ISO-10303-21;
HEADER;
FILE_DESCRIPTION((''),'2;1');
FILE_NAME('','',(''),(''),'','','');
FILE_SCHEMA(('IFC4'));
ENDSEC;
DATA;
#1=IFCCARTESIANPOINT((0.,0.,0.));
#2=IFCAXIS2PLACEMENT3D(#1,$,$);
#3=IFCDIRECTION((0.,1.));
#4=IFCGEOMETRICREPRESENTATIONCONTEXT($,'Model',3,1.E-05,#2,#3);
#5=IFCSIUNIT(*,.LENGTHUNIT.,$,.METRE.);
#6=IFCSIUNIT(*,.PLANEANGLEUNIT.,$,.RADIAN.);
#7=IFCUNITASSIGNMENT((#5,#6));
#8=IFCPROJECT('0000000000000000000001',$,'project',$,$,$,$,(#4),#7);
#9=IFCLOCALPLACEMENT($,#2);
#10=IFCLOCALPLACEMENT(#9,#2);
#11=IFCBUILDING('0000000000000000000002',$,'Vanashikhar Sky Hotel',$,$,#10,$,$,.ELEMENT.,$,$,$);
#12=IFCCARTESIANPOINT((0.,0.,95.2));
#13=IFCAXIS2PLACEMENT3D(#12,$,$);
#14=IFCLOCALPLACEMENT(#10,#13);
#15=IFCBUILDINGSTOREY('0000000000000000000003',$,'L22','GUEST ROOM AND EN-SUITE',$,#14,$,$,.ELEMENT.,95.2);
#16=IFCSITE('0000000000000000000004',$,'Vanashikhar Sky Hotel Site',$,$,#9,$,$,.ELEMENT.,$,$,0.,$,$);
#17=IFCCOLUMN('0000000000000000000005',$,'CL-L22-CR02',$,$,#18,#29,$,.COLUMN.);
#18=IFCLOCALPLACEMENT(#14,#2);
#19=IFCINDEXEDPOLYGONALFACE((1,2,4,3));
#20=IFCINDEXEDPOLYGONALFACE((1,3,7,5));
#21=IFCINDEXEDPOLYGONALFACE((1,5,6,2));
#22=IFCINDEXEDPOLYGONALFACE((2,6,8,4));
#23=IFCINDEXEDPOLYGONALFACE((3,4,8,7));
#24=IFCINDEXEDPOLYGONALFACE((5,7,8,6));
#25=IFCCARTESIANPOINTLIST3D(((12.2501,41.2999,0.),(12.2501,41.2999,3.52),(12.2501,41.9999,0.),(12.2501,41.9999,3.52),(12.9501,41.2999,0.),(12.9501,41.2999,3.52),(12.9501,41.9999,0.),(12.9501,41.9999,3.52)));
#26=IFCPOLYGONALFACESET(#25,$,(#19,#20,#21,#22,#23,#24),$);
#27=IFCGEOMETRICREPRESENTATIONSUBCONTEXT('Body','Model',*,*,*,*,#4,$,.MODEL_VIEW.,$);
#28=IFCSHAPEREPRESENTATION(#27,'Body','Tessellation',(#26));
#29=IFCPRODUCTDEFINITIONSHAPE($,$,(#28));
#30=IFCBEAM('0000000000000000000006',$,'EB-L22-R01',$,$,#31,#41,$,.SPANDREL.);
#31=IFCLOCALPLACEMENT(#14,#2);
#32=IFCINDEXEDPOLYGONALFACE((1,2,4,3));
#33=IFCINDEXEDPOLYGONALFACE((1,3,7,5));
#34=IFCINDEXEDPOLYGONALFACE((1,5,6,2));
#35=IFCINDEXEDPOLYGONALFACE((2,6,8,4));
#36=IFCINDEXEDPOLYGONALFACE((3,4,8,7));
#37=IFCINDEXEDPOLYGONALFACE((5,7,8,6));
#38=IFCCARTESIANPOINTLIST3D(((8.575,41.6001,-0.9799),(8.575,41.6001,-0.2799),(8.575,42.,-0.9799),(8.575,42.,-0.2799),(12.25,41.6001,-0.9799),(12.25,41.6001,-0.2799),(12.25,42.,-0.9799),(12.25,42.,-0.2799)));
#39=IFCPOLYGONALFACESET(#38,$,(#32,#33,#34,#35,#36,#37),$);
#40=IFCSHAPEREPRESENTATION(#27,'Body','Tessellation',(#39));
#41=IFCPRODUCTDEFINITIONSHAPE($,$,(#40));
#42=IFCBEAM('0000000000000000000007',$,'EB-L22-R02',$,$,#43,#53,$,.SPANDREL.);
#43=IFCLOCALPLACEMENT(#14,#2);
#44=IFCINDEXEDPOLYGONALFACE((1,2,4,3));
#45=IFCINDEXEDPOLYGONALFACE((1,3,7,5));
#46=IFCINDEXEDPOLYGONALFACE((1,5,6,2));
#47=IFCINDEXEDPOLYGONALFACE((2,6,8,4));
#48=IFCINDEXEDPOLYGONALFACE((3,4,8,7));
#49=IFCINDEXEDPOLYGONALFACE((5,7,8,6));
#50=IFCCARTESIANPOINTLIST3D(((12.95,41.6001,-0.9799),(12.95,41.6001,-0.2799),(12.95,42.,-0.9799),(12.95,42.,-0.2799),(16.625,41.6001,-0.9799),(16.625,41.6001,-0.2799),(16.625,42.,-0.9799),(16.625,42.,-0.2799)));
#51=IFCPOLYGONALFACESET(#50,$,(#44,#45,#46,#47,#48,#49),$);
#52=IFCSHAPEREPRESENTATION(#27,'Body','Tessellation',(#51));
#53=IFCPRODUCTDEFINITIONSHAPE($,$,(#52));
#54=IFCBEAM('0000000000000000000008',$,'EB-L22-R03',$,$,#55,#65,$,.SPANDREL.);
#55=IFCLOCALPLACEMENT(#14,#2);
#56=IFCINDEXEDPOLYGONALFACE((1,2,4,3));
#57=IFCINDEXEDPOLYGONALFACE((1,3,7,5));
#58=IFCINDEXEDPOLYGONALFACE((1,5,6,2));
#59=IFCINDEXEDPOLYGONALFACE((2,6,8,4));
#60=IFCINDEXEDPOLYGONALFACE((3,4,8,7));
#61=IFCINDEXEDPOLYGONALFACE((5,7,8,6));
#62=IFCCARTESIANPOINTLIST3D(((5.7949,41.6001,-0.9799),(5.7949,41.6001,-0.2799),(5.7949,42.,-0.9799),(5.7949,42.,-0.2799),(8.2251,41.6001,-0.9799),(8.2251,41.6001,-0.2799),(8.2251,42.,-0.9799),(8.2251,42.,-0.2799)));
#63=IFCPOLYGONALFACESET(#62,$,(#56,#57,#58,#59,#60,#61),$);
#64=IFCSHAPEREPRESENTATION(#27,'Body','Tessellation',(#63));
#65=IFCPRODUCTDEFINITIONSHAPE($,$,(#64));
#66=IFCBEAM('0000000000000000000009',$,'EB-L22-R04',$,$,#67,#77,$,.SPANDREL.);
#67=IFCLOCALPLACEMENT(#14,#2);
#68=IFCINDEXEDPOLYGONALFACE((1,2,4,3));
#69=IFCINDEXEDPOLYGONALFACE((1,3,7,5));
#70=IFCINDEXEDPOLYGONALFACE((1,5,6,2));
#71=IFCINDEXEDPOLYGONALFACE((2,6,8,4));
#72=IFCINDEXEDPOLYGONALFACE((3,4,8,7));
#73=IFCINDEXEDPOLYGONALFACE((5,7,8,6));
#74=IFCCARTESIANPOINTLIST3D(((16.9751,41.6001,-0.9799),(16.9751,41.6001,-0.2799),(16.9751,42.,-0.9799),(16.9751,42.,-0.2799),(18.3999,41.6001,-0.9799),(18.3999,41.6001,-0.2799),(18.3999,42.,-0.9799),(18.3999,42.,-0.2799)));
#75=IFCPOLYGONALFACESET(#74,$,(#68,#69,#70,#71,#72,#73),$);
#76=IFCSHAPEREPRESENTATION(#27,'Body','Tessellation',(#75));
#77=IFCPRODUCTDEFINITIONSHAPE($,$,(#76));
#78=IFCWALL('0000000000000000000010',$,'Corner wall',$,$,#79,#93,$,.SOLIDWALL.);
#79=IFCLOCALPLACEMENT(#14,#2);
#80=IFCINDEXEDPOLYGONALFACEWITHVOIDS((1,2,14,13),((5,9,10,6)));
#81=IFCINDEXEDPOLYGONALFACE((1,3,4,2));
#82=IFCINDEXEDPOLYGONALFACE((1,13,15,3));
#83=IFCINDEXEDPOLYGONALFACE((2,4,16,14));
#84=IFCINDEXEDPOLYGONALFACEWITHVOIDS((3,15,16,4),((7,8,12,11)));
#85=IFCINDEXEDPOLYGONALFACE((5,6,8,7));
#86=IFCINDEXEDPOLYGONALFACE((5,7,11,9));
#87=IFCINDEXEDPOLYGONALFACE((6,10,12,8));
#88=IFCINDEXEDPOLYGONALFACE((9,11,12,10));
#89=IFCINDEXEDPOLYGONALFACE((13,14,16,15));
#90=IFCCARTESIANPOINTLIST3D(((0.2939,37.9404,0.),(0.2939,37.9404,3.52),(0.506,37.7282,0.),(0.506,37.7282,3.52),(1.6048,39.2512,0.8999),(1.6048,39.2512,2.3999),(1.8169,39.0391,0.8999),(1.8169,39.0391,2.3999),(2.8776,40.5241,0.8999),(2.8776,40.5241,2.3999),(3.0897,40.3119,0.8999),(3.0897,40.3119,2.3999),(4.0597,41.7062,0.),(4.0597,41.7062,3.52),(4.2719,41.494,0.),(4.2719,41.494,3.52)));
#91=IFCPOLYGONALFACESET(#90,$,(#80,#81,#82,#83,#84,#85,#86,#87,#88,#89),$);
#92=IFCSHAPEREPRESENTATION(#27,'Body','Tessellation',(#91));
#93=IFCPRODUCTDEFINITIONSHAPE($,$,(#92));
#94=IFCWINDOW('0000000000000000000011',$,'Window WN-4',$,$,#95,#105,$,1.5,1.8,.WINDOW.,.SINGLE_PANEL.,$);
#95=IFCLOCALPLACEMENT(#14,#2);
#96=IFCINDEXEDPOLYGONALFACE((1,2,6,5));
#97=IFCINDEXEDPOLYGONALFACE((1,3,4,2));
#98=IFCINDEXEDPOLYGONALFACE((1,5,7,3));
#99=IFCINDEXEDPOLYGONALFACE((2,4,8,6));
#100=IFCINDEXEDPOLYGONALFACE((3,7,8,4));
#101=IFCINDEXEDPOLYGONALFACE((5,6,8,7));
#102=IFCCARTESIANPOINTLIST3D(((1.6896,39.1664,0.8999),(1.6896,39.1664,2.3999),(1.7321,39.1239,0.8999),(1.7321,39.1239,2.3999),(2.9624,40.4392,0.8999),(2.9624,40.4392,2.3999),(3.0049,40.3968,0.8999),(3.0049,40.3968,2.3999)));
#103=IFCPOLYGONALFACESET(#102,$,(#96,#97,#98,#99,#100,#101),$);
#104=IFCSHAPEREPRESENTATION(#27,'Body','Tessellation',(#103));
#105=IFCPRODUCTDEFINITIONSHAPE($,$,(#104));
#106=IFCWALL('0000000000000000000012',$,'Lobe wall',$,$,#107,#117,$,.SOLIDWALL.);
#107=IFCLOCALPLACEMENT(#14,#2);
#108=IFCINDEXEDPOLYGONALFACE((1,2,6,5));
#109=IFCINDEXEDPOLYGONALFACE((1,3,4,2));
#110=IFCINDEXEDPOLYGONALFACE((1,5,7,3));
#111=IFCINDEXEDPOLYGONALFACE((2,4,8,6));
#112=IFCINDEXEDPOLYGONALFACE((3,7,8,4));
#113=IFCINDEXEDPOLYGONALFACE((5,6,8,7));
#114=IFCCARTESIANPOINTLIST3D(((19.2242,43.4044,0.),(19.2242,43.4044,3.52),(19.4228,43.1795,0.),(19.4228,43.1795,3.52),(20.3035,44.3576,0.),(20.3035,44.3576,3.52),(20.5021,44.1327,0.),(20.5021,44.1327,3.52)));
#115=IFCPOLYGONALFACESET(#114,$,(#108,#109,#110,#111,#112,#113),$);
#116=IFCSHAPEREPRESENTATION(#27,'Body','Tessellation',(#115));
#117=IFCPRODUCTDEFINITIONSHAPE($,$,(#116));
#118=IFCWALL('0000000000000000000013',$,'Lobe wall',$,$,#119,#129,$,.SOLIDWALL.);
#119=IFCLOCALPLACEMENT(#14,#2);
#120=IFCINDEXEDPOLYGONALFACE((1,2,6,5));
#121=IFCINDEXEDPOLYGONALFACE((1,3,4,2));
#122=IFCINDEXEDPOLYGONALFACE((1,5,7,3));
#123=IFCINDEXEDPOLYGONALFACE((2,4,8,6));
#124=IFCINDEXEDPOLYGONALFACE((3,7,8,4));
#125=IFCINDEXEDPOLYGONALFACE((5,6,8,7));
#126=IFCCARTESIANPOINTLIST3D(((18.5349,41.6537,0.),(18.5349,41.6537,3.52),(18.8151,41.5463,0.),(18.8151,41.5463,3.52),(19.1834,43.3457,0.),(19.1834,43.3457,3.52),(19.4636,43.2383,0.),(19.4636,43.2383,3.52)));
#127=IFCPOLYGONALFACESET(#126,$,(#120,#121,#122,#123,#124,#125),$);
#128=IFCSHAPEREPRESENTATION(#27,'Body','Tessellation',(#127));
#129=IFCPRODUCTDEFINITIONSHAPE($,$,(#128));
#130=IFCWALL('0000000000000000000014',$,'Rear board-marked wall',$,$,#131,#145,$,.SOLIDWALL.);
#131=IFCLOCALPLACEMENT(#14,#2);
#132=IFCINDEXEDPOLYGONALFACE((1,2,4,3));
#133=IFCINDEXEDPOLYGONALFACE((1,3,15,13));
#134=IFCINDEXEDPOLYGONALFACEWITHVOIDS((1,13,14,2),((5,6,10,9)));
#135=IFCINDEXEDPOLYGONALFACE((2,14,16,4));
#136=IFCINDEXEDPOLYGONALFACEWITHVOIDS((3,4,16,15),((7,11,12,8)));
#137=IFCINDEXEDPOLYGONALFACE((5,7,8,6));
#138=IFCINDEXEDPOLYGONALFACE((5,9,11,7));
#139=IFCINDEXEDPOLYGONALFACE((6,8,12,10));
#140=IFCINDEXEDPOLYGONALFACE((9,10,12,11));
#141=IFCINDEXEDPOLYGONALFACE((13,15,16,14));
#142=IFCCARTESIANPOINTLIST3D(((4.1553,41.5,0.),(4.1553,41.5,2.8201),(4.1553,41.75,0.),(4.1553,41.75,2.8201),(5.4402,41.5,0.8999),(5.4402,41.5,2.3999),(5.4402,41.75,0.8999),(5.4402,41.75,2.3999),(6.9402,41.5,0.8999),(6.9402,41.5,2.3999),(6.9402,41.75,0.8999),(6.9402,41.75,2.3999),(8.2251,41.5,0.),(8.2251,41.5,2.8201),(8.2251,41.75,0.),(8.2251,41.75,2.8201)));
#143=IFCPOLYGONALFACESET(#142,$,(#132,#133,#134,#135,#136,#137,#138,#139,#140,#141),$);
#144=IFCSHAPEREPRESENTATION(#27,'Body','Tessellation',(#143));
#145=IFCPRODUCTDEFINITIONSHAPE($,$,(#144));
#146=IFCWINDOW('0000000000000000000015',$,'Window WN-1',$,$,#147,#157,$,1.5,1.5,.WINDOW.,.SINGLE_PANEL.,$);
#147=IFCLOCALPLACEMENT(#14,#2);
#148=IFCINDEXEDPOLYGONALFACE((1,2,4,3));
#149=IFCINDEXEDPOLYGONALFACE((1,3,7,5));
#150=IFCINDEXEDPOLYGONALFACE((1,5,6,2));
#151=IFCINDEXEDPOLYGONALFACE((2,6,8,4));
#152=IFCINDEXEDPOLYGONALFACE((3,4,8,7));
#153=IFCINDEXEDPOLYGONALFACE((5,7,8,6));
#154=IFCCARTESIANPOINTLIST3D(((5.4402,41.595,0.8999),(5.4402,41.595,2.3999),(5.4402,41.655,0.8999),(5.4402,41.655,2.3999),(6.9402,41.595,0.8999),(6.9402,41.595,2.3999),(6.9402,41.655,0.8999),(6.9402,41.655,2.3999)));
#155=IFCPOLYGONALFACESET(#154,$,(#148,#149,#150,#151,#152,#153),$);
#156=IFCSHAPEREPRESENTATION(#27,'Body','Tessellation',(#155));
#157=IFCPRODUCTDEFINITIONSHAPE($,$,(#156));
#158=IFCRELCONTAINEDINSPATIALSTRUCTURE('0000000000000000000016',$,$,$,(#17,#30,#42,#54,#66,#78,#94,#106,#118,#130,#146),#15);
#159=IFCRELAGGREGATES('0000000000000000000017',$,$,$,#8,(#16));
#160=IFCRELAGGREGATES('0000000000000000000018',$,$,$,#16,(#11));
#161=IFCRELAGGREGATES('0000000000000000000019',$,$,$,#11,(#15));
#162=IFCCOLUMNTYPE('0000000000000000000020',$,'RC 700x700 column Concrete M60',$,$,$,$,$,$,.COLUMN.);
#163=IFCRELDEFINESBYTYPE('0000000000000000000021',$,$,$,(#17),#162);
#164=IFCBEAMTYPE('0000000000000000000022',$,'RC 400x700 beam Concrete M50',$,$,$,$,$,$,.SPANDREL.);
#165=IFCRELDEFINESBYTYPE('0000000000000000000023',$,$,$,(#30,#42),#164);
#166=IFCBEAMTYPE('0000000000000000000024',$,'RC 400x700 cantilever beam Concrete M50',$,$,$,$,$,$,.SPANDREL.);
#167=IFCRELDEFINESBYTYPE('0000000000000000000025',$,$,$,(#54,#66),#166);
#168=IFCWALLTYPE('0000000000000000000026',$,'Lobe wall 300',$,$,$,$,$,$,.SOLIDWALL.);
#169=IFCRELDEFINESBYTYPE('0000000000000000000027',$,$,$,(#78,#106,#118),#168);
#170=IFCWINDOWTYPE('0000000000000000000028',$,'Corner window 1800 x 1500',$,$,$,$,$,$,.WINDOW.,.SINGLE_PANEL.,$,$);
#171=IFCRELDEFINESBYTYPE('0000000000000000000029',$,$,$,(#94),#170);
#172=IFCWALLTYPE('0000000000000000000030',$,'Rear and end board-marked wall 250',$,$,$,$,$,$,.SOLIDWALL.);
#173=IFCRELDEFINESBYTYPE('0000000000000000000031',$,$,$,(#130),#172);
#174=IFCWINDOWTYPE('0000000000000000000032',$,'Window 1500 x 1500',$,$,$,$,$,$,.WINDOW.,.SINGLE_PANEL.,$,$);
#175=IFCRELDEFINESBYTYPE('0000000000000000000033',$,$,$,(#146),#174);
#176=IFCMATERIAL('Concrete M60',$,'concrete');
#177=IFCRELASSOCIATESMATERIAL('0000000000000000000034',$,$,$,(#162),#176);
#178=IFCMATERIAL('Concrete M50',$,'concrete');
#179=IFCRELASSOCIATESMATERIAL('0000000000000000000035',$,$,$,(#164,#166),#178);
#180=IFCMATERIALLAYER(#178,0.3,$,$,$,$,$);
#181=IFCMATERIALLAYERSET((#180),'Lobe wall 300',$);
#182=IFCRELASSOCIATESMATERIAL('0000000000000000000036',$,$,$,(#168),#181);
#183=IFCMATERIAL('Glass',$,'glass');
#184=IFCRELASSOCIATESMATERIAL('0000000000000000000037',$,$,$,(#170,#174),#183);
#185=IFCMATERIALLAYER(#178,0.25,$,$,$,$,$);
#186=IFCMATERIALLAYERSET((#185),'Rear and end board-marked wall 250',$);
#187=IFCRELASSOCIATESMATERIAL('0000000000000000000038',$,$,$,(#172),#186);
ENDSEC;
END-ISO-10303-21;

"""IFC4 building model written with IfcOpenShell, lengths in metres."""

from ifc_helpers import new_model, si_unit, direction, frame, frame_2d, origin, origin_2d, place, context, subcontext, project, spatial, rectangle, extrude, source, transform, mapped, material, layer, layer_set, material_profile, profile_set, type_object, element, fill, save


model = new_model("IFC4")

# Units and contexts
model_context = context("Model", 3, precision=1e-05, world=origin(), true_north=direction((0.0, 1.0)))
body_context = subcontext(model_context, "Body", "Model", "MODEL_VIEW")
ifc_project = project(units=[si_unit("LENGTHUNIT", "METRE"), si_unit("PLANEANGLEUNIT", "RADIAN")], contexts=[model_context])

# Site, building, storey
site_placement = place(None, origin())
site = spatial("IfcSite", under=ifc_project, at=site_placement, Name="Vanashikhar Sky Hotel Site", CompositionType="ELEMENT", RefElevation=0.0)
building_placement = place(site_placement, origin())
building = spatial("IfcBuilding", under=site, at=building_placement, Name="Vanashikhar Sky Hotel", CompositionType="ELEMENT")
storey_placement = place(building_placement, frame((0.0, 0.0, 95.2)))
storey = spatial("IfcBuildingStorey", under=building, at=storey_placement, Name="L22", Description="GUEST ROOM AND EN-SUITE", CompositionType="ELEMENT", Elevation=95.2)

# Column
ifc_material_1 = material(Name="Concrete M60", Category="concrete")
ifc_material_profile_1 = material_profile(ifc_material_1, rectangle(XDim=0.7, YDim=0.7, at=origin_2d()))
ifc_profile_set_1 = profile_set([ifc_material_profile_1], Name="RC 700x700 column Concrete M60")
column_type = type_object("IfcColumnType", Name="RC 700x700 column Concrete M60", PredefinedType="COLUMN", material=ifc_profile_set_1)
shared_shape_1 = source(origin(), body_context, "Body", "SweptSolid", [
    extrude(rectangle(XDim=0.7, YDim=0.7, at=origin_2d()), origin(), (0.0, 0.0, 1.0), 3.52),
])
column_placement = place(storey_placement, frame((12.6001, 41.6499, 0.0), z_axis=(0.0, 0.0, 1.0), x_axis=(1.0, 0.0, 0.0)))
element("IfcColumn", 1, at=column_placement, inside=storey, type_object=column_type, Name="CL-L22-CR02", PredefinedType="COLUMN", context=body_context, shape_type="MappedRepresentation", body=[
    mapped(shared_shape_1, transform((0.0, 0.0, 0.0), scale=1.0)),
])

# Beams
ifc_material_2 = material(Name="Concrete M50", Category="concrete")
ifc_material_profile_2 = material_profile(ifc_material_2, rectangle(XDim=0.3999, YDim=0.7, at=origin_2d()))
ifc_profile_set_2 = profile_set([ifc_material_profile_2], Name="RC 400x700 beam Concrete M50")
beam_type_1 = type_object("IfcBeamType", Name="RC 400x700 beam Concrete M50", PredefinedType="SPANDREL", material=ifc_profile_set_2)
shared_shape_2 = source(origin(), body_context, "Body", "SweptSolid", [
    extrude(rectangle(XDim=0.3999, YDim=0.7, at=origin_2d()), origin(), (0.0, 0.0, 1.0), 3.675),
])
for number, where, z_axis, x_axis, name in (
    (2, (8.575, 41.8, -0.6299), (1.0, 0.0, 0.0), (0.0, 1.0, 0.0), "EB-L22-R01"),
    (3, (12.95, 41.8, -0.6299), (1.0, 0.0, 0.0), (0.0, 1.0, 0.0), "EB-L22-R02"),
):
    element("IfcBeam", number, at=place(storey_placement, frame(where, z_axis=z_axis, x_axis=x_axis)), inside=storey, type_object=beam_type_1, Name=name, PredefinedType="SPANDREL", context=body_context, shape_type="MappedRepresentation", body=[
        mapped(shared_shape_2, transform((0.0, 0.0, 0.0), scale=1.0)),
    ])
ifc_material_profile_3 = material_profile(ifc_material_2, rectangle(XDim=0.3999, YDim=0.7, at=origin_2d()))
ifc_profile_set_3 = profile_set([ifc_material_profile_3], Name="RC 400x700 cantilever beam Concrete M50")
beam_type_2 = type_object("IfcBeamType", Name="RC 400x700 cantilever beam Concrete M50", PredefinedType="SPANDREL", material=ifc_profile_set_3)
shared_shape_3 = source(origin(), body_context, "Body", "SweptSolid", [
    extrude(rectangle(XDim=0.3999, YDim=0.7, at=origin_2d()), origin(), (0.0, 0.0, 1.0), 2.4302),
])
beam_1_placement = place(storey_placement, frame((5.7949, 41.8, -0.6299), z_axis=(1.0, 0.0, 0.0), x_axis=(0.0, 1.0, 0.0)))
element("IfcBeam", 4, at=beam_1_placement, inside=storey, type_object=beam_type_2, Name="EB-L22-R03", PredefinedType="SPANDREL", context=body_context, shape_type="MappedRepresentation", body=[
    mapped(shared_shape_3, transform((0.0, 0.0, 0.0), scale=1.0)),
])
shared_shape_4 = source(origin(), body_context, "Body", "SweptSolid", [
    extrude(rectangle(XDim=0.3999, YDim=0.7, at=origin_2d()), origin(), (0.0, 0.0, 1.0), 1.4248),
])
beam_2_placement = place(storey_placement, frame((16.9751, 41.8, -0.6299), z_axis=(1.0, 0.0, 0.0), x_axis=(0.0, 1.0, 0.0)))
element("IfcBeam", 5, at=beam_2_placement, inside=storey, type_object=beam_type_2, Name="EB-L22-R04", PredefinedType="SPANDREL", context=body_context, shape_type="MappedRepresentation", body=[
    mapped(shared_shape_4, transform((0.0, 0.0, 0.0), scale=1.0)),
])

# Wall, opening, window
ifc_layer_1 = layer(ifc_material_2, 0.3)
ifc_layer_set_1 = layer_set([ifc_layer_1], Name="Lobe wall 300")
wall_type_1 = type_object("IfcWallType", Name="Lobe wall 300", PredefinedType="SOLIDWALL", material=ifc_layer_set_1)
shared_shape_5 = source(origin(), body_context, "Body", "SweptSolid", [
    extrude(rectangle(XDim=5.3257, YDim=0.3, at=frame_2d((2.6628, 0.0))), origin(), (0.0, 0.0, 1.0), 3.52),
])
wall_1_placement = place(storey_placement, frame((4.1658, 41.6001, 0.0), z_axis=(0.0, 0.0, 1.0), x_axis=(-0.707107, -0.707107, 0.0)))
wall_1 = element("IfcWall", 6, at=wall_1_placement, inside=storey, type_object=wall_type_1, Name="Corner wall", PredefinedType="SOLIDWALL", context=body_context, shape_type="MappedRepresentation", body=[
    mapped(shared_shape_5, transform((0.0, 0.0, 0.0), scale=1.0)),
])
shared_shape_6 = source(origin(), body_context, "Body", "SweptSolid", [
    extrude(rectangle(XDim=1.8, YDim=1.5, at=frame_2d((0.8999, 0.75))), frame((0.0, 0.1602, 0.0), z_axis=(0.0, -1.0, 0.0), x_axis=(1.0, 0.0, 0.0)), (0.0, 0.0, 1.0), 0.3201),
])
opening_1_placement = place(wall_1_placement, frame((1.6719, 0.0, 0.8999)))
opening_1 = element("IfcOpeningElement", 7, at=opening_1_placement, cuts=wall_1, PredefinedType="OPENING", context=body_context, shape_type="MappedRepresentation", body=[
    mapped(shared_shape_6, transform((0.0, 0.0, 0.0), scale=1.0)),
])
ifc_material_3 = material(Name="Glass", Category="glass")
window_type_1 = type_object("IfcWindowType", Name="Corner window 1800 x 1500", PartitioningType="SINGLE_PANEL", PredefinedType="WINDOW", material=ifc_material_3)
shared_shape_7 = source(origin(), body_context, "Body", "SweptSolid", [
    extrude(rectangle(XDim=1.8, YDim=1.5, at=frame_2d((0.8999, 0.75))), frame((0.0, 0.03, 0.0), z_axis=(0.0, -1.0, 0.0), x_axis=(1.0, 0.0, 0.0)), (0.0, 0.0, 1.0), 0.0601),
])
window_1_placement = place(opening_1_placement, origin())
window_1 = element("IfcWindow", 8, at=window_1_placement, inside=storey, type_object=window_type_1, Name="Window WN-4", OverallHeight=1.5, OverallWidth=1.8, PartitioningType="SINGLE_PANEL", PredefinedType="WINDOW", context=body_context, shape_type="MappedRepresentation", body=[
    mapped(shared_shape_7, transform((0.0, 0.0, 0.0), scale=1.0)),
])
fill(opening_1, window_1)

# Walls
shared_shape_8 = source(origin(), body_context, "Body", "SweptSolid", [
    extrude(rectangle(XDim=1.4399, YDim=0.3, at=frame_2d((0.72, 0.0))), origin(), (0.0, 0.0, 1.0), 3.52),
])
wall_2_placement = place(storey_placement, frame((20.4028, 44.2451, 0.0), z_axis=(0.0, 0.0, 1.0), x_axis=(-0.749576, -0.661919, 0.0)))
element("IfcWall", 9, at=wall_2_placement, inside=storey, type_object=wall_type_1, Name="Lobe wall", PredefinedType="SOLIDWALL", context=body_context, shape_type="MappedRepresentation", body=[
    mapped(shared_shape_8, transform((0.0, 0.0, 0.0), scale=1.0)),
])
shared_shape_9 = source(origin(), body_context, "Body", "SweptSolid", [
    extrude(rectangle(XDim=1.812, YDim=0.3, at=frame_2d((0.906, 0.0))), origin(), (0.0, 0.0, 1.0), 3.52),
])
wall_3_placement = place(storey_placement, frame((19.3235, 43.292, 0.0), z_axis=(0.0, 0.0, 1.0), x_axis=(-0.357877, -0.933769, 0.0)))
element("IfcWall", 10, at=wall_3_placement, inside=storey, type_object=wall_type_1, Name="Lobe wall", PredefinedType="SOLIDWALL", context=body_context, shape_type="MappedRepresentation", body=[
    mapped(shared_shape_9, transform((0.0, 0.0, 0.0), scale=1.0)),
])

# Wall, opening, window
ifc_layer_2 = layer(ifc_material_2, 0.25)
ifc_layer_set_2 = layer_set([ifc_layer_2], Name="Rear and end board-marked wall 250")
wall_type_2 = type_object("IfcWallType", Name="Rear and end board-marked wall 250", PredefinedType="SOLIDWALL", material=ifc_layer_set_2)
shared_shape_10 = source(origin(), body_context, "Body", "SweptSolid", [
    extrude(rectangle(XDim=4.0698, YDim=0.25, at=frame_2d((2.0349, 0.0))), origin(), (0.0, 0.0, 1.0), 2.8201),
])
wall_4_placement = place(storey_placement, frame((8.2251, 41.625, 0.0), z_axis=(0.0, 0.0, 1.0), x_axis=(-1.0, 0.0, 0.0)))
wall_4 = element("IfcWall", 11, at=wall_4_placement, inside=storey, type_object=wall_type_2, Name="Rear board-marked wall", PredefinedType="SOLIDWALL", context=body_context, shape_type="MappedRepresentation", body=[
    mapped(shared_shape_10, transform((0.0, 0.0, 0.0), scale=1.0)),
])
shared_shape_11 = source(origin(), body_context, "Body", "SweptSolid", [
    extrude(rectangle(XDim=1.5, YDim=1.5, at=frame_2d((0.75, 0.75))), frame((0.0, 0.135, 0.0), z_axis=(0.0, -1.0, 0.0), x_axis=(1.0, 0.0, 0.0)), (0.0, 0.0, 1.0), 0.27),
])
opening_2_placement = place(wall_4_placement, frame((1.2849, 0.0, 0.8999)))
opening_2 = element("IfcOpeningElement", 12, at=opening_2_placement, cuts=wall_4, PredefinedType="OPENING", context=body_context, shape_type="MappedRepresentation", body=[
    mapped(shared_shape_11, transform((0.0, 0.0, 0.0), scale=1.0)),
])
window_type_2 = type_object("IfcWindowType", Name="Window 1500 x 1500", PartitioningType="SINGLE_PANEL", PredefinedType="WINDOW", material=ifc_material_3)
shared_shape_12 = source(origin(), body_context, "Body", "SweptSolid", [
    extrude(rectangle(XDim=1.5, YDim=1.5, at=frame_2d((0.75, 0.75))), frame((0.0, 0.03, 0.0), z_axis=(0.0, -1.0, 0.0), x_axis=(1.0, 0.0, 0.0)), (0.0, 0.0, 1.0), 0.0601),
])
window_2_placement = place(opening_2_placement, origin())
window_2 = element("IfcWindow", 13, at=window_2_placement, inside=storey, type_object=window_type_2, Name="Window WN-1", OverallHeight=1.5, OverallWidth=1.5, PartitioningType="SINGLE_PANEL", PredefinedType="WINDOW", context=body_context, shape_type="MappedRepresentation", body=[
    mapped(shared_shape_12, transform((0.0, 0.0, 0.0), scale=1.0)),
])
fill(opening_2, window_2)

save(model, "model.ifc")
